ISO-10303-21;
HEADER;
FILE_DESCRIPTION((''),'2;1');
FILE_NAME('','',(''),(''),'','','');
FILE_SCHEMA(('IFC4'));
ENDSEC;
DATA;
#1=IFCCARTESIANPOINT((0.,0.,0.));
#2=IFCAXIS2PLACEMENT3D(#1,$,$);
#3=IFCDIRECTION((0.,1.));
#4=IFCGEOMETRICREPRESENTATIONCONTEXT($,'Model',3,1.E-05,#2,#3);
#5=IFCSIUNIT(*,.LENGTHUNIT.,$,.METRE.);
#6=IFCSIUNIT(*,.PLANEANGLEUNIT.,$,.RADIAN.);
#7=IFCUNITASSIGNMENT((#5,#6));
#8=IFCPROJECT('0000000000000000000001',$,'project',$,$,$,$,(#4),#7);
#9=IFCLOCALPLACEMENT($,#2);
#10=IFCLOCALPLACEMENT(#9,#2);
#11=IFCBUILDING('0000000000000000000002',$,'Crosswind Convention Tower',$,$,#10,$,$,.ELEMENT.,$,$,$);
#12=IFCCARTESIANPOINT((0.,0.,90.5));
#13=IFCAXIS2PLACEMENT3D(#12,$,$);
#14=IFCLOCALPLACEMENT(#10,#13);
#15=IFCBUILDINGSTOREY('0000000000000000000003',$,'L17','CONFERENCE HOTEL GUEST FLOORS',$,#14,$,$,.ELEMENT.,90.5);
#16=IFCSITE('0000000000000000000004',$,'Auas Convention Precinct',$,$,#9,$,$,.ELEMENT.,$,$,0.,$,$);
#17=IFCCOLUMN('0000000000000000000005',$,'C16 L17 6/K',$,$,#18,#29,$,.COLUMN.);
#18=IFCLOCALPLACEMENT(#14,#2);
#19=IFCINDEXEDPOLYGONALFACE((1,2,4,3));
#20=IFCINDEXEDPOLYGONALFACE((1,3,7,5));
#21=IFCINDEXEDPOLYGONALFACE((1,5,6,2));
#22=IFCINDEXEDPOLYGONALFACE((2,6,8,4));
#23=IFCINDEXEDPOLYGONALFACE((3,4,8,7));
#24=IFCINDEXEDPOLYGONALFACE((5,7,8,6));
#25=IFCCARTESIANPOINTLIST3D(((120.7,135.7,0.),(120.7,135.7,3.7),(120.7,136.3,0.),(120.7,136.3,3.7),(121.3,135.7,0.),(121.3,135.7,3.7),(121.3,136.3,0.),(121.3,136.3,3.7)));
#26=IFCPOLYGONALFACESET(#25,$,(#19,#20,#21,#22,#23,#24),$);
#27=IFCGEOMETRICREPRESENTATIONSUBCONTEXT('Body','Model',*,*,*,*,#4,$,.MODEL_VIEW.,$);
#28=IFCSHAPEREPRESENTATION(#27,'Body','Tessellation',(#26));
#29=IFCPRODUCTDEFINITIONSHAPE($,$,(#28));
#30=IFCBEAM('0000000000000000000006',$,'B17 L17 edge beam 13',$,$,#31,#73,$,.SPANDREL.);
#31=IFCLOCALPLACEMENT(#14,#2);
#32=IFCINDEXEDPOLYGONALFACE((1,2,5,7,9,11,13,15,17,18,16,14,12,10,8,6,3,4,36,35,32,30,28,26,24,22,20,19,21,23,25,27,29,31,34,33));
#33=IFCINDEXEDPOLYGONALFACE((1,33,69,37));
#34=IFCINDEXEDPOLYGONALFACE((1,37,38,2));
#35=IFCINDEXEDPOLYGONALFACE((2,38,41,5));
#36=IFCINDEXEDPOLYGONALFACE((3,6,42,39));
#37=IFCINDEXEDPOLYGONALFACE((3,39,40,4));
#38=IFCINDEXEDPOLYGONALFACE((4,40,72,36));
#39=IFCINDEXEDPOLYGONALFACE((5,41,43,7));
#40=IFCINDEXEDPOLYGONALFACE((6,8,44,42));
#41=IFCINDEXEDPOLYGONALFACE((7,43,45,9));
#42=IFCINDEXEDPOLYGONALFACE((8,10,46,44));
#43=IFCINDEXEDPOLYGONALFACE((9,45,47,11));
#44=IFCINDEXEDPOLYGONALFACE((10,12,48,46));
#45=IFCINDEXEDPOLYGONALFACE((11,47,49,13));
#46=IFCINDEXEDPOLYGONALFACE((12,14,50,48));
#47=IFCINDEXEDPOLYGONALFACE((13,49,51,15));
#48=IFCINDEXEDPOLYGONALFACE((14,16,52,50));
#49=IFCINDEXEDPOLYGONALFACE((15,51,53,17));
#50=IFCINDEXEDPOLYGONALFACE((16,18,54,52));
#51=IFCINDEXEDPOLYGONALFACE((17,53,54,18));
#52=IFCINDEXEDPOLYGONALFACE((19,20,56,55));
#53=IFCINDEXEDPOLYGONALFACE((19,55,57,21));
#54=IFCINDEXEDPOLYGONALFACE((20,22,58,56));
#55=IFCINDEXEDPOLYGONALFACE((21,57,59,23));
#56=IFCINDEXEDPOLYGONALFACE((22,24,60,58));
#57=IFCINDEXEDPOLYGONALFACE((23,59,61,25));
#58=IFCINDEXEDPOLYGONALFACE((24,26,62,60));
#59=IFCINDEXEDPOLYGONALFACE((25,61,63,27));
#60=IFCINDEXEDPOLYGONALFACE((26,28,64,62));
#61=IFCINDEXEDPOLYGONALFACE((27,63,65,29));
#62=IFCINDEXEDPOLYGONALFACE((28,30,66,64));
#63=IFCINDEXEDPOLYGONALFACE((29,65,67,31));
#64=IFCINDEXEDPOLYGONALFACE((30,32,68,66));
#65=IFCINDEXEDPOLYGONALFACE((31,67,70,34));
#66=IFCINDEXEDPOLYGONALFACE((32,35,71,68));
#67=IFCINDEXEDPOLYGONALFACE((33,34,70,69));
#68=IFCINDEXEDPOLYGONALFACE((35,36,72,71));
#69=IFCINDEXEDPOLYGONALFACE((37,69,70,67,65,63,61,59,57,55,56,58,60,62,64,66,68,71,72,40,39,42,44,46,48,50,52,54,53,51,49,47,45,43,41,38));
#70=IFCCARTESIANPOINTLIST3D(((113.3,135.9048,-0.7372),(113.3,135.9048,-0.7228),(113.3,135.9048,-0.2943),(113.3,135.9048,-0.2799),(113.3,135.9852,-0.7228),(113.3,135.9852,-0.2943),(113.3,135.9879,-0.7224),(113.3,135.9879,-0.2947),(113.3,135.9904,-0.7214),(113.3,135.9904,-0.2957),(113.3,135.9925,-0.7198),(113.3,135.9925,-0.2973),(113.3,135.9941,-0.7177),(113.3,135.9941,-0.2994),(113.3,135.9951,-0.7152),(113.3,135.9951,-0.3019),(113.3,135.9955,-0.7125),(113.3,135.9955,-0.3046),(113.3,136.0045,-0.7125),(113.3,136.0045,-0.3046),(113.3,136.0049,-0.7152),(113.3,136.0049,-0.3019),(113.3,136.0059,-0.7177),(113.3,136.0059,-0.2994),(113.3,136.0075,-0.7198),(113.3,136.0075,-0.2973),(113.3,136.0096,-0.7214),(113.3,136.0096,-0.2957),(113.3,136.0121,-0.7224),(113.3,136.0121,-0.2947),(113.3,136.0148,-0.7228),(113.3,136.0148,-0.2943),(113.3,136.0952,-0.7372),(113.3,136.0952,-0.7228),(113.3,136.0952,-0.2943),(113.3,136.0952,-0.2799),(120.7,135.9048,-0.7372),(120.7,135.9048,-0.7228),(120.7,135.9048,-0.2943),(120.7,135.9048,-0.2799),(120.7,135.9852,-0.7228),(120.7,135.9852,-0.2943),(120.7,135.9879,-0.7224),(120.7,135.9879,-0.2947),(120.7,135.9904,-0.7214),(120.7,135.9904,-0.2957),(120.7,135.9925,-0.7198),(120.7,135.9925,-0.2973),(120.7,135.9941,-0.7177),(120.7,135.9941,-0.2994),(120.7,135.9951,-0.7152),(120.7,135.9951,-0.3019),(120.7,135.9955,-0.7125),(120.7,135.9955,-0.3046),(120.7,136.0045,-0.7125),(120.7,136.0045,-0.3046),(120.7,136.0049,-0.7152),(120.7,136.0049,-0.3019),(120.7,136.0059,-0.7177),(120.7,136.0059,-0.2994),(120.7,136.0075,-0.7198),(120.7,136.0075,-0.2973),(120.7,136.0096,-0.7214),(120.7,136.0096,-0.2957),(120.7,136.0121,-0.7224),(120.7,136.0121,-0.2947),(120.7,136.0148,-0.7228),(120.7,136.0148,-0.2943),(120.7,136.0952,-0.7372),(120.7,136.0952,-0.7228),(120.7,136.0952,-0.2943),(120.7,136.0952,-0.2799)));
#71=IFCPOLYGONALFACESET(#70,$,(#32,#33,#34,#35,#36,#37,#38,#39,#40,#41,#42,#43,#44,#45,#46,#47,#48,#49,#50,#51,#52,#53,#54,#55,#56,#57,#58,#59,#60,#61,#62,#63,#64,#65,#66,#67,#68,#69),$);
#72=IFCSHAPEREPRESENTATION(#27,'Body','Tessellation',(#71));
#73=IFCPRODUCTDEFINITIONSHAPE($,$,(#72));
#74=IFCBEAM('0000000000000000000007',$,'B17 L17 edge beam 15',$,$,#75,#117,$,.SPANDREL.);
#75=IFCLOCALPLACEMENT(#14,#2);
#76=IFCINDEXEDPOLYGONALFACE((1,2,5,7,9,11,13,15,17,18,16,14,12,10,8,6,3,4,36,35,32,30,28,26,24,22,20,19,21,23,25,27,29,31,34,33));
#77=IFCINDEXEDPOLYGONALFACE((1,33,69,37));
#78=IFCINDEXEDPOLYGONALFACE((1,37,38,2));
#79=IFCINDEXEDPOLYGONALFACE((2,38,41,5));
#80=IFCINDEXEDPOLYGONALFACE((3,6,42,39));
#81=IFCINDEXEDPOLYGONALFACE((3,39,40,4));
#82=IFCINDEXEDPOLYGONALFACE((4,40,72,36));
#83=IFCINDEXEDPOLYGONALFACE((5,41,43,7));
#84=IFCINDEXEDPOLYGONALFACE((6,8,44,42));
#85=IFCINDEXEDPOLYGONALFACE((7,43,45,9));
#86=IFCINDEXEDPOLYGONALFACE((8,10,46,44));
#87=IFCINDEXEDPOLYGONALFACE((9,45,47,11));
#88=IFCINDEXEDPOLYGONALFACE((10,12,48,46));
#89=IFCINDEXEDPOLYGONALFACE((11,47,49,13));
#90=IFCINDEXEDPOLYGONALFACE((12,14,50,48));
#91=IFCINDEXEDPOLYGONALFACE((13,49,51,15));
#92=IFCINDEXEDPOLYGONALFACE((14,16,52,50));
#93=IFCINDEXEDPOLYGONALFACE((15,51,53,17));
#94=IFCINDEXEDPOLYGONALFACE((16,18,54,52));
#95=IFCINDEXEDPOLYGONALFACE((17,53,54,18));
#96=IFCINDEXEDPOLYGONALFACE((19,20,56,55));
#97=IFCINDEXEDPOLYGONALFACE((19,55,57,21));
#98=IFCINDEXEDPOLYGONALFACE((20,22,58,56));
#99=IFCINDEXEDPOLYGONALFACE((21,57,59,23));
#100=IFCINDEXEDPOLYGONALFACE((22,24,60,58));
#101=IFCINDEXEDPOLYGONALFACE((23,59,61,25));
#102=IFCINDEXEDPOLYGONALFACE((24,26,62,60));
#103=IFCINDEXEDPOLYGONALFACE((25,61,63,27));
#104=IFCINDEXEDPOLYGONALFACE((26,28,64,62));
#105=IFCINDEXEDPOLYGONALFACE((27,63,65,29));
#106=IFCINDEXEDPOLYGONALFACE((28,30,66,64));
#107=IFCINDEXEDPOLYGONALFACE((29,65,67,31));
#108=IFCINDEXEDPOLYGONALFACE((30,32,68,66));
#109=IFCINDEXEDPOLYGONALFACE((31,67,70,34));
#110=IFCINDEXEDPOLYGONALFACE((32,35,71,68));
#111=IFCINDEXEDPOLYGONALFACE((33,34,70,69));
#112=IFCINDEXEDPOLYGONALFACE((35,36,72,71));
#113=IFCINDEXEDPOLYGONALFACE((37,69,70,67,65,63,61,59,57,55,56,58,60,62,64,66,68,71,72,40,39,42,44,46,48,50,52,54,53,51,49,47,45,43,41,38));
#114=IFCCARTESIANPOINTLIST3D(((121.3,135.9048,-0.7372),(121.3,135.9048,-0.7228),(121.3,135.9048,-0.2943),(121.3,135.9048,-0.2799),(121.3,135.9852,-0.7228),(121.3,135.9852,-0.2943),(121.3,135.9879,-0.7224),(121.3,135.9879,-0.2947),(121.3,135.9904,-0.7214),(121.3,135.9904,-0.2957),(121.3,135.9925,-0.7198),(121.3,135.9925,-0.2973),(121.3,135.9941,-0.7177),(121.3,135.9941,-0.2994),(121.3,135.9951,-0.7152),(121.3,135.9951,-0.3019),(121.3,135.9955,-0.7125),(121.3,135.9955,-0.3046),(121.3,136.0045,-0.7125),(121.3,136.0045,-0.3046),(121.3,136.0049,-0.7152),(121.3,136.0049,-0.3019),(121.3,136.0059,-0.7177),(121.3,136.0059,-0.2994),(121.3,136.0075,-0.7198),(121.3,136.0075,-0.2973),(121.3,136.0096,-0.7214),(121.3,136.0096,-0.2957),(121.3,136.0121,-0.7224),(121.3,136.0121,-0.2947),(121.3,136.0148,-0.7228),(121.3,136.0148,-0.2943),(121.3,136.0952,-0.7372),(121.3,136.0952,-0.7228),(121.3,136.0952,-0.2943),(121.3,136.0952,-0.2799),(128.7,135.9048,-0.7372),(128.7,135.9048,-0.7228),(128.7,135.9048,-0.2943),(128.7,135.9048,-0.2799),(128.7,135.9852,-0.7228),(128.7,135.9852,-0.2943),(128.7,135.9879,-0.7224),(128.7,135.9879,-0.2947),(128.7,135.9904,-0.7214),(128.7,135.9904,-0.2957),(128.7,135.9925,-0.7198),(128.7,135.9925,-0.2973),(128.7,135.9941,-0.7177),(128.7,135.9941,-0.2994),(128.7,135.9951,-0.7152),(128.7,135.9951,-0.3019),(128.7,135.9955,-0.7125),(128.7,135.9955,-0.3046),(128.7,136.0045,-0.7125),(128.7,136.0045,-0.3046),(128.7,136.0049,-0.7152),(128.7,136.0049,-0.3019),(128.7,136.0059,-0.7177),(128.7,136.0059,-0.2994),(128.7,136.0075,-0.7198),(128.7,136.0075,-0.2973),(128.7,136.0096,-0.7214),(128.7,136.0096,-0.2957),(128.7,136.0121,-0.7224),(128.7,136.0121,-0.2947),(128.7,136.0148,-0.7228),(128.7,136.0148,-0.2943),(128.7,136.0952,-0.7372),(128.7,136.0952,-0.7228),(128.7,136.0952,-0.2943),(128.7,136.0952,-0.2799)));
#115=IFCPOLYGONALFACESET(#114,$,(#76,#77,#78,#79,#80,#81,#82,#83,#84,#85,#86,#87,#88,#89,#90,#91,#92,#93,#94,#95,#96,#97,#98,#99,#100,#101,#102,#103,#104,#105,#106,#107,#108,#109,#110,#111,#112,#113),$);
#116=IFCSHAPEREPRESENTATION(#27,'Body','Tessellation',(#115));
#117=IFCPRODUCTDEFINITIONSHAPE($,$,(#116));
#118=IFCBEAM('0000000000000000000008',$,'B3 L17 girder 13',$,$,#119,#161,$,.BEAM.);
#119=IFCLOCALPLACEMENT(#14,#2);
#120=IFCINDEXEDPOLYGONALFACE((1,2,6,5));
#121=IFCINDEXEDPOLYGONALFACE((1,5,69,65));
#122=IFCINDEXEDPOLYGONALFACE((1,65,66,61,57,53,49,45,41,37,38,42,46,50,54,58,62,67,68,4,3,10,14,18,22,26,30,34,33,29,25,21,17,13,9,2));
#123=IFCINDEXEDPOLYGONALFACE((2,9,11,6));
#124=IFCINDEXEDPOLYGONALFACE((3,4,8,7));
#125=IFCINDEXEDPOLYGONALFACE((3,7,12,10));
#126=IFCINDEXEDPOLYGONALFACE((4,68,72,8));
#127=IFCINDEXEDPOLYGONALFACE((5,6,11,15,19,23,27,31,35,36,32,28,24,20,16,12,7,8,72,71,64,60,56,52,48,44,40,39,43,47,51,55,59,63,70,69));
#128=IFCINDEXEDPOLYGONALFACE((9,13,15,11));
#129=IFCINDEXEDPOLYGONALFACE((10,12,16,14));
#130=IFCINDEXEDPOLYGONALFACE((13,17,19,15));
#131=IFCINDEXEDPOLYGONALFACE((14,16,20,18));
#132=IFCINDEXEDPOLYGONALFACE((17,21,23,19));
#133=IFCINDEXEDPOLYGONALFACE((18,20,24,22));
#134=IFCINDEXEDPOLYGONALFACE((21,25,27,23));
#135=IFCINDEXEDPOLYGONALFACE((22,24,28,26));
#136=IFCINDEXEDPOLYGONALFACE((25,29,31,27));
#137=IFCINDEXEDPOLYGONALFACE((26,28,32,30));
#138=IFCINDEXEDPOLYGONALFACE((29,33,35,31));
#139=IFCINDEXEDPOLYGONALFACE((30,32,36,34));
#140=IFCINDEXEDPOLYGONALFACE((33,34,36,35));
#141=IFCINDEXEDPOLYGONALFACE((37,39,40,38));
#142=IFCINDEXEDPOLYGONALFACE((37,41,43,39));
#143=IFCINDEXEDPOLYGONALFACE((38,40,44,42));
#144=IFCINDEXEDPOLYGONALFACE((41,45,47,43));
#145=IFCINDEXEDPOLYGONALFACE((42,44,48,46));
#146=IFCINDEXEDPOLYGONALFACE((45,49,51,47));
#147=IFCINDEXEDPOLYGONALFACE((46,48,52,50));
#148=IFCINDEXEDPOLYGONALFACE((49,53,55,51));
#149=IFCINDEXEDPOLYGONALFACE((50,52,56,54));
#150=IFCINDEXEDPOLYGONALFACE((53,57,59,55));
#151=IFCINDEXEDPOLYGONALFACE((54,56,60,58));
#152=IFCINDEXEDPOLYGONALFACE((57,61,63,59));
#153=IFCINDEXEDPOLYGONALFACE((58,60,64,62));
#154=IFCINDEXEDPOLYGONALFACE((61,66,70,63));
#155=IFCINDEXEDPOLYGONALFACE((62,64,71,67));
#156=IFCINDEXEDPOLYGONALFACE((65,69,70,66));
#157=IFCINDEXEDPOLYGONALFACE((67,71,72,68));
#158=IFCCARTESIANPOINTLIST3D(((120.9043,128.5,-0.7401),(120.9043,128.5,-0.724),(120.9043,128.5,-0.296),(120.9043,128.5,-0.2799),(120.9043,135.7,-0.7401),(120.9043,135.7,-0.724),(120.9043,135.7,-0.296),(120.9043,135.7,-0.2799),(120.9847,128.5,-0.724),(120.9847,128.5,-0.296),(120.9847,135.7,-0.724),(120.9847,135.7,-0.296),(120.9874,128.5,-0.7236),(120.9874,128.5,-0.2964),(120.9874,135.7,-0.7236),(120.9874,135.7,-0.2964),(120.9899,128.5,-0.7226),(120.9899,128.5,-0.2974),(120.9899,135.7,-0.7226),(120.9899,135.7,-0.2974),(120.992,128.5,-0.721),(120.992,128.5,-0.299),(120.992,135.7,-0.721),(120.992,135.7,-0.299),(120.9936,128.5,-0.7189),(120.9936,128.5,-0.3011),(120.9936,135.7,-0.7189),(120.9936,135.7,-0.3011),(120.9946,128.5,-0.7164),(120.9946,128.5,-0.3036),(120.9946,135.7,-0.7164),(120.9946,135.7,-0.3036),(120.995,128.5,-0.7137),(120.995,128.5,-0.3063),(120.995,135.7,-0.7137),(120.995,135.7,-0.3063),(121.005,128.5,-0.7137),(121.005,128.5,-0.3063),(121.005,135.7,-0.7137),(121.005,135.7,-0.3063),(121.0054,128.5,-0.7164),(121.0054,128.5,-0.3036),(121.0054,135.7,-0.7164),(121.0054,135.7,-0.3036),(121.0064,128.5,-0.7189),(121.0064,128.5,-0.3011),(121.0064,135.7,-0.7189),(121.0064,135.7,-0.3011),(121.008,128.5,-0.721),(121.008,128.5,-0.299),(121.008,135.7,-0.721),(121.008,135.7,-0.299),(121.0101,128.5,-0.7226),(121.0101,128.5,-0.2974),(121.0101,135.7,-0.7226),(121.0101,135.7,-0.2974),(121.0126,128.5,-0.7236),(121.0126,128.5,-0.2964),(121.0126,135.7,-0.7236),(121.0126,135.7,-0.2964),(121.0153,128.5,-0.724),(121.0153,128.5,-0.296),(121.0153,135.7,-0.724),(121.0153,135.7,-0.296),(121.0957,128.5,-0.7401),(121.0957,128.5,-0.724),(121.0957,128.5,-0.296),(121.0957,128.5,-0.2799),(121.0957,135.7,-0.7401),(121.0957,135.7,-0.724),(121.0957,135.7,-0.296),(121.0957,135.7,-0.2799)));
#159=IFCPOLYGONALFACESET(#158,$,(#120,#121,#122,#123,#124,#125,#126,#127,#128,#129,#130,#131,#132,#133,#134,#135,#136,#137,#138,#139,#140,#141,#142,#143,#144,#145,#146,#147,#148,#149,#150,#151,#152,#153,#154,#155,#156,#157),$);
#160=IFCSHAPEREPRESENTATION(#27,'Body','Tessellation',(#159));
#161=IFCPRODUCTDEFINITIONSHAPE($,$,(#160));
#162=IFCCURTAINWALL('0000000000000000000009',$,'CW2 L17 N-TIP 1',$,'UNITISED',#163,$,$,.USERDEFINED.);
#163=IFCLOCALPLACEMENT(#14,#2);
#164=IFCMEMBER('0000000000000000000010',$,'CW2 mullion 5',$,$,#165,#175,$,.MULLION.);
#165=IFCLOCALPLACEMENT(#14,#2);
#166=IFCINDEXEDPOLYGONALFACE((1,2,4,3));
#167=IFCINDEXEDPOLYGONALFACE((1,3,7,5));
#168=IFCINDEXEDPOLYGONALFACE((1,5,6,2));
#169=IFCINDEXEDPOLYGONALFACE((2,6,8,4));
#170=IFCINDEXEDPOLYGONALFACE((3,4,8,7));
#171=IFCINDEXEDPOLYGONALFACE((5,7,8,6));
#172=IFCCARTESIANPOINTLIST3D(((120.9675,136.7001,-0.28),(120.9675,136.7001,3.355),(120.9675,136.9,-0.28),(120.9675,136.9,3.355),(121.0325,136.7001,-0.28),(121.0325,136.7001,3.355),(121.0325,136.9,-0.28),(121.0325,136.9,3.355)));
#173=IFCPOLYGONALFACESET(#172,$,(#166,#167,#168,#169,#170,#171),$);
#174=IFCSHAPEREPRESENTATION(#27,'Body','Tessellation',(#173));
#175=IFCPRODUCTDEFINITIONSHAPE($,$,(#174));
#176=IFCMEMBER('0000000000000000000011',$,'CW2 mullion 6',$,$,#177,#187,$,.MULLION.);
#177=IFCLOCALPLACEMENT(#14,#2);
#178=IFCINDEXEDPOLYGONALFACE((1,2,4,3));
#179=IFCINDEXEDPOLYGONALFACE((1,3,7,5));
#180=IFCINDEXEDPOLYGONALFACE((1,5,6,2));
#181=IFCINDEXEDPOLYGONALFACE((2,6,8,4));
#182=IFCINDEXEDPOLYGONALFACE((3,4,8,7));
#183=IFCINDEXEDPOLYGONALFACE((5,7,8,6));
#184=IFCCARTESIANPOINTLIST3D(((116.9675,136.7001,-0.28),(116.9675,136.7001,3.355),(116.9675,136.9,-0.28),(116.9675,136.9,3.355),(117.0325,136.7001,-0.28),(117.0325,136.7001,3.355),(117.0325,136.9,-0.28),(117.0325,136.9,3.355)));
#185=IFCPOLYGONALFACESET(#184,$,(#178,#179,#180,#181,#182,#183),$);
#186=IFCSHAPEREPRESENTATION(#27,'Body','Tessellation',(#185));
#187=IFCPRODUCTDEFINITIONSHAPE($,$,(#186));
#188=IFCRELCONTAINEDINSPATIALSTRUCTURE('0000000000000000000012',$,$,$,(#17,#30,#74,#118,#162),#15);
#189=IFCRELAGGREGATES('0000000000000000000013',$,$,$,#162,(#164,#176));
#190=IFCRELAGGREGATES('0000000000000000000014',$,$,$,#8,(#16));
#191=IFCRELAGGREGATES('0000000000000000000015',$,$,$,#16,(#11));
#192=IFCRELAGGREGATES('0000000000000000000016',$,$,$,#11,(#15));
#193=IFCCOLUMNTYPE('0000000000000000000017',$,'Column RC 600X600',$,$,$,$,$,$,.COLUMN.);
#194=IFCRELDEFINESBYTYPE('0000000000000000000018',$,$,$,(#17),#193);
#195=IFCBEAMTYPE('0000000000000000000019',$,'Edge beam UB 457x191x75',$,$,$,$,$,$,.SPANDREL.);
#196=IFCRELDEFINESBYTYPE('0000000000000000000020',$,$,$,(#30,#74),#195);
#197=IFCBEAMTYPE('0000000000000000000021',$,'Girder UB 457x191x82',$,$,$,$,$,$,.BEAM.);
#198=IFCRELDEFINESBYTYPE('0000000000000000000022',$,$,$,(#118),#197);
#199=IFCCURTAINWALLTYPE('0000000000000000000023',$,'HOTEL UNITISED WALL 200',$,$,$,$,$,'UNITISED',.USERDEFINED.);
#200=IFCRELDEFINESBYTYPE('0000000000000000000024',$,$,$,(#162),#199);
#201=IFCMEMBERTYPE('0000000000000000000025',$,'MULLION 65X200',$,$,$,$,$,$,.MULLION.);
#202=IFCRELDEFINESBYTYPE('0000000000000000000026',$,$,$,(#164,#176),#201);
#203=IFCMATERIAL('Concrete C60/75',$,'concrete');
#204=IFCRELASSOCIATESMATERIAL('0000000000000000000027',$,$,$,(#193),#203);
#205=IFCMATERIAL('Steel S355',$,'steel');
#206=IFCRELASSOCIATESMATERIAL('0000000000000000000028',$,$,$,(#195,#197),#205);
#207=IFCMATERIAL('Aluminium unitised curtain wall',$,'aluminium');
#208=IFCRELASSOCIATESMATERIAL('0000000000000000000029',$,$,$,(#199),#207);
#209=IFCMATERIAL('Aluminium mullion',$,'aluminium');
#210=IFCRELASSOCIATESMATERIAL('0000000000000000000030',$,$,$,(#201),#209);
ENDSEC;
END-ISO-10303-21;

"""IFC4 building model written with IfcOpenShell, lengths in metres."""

from ifc_helpers import new_model, si_unit, direction, frame, origin, origin_2d, place, context, subcontext, project, spatial, rectangle, i_section, extrude, material, material_profile, profile_set, type_object, element, aggregate, save


model = new_model("IFC4")

# Units and contexts
model_context = context("Model", 3, precision=1e-05, world=origin(), true_north=direction((0.0, 1.0)))
body_context = subcontext(model_context, "Body", "Model", "MODEL_VIEW")
ifc_project = project(units=[si_unit("LENGTHUNIT", "METRE"), si_unit("PLANEANGLEUNIT", "RADIAN")], contexts=[model_context])

# Site, building, storey
site_placement = place(None, origin())
site = spatial("IfcSite", under=ifc_project, at=site_placement, Name="Auas Convention Precinct", CompositionType="ELEMENT", RefElevation=0.0)
building_placement = place(site_placement, origin())
building = spatial("IfcBuilding", under=site, at=building_placement, Name="Crosswind Convention Tower", CompositionType="ELEMENT")
storey_placement = place(building_placement, frame((0.0, 0.0, 90.5)))
storey = spatial("IfcBuildingStorey", under=building, at=storey_placement, Name="L17", Description="CONFERENCE HOTEL GUEST FLOORS", CompositionType="ELEMENT", Elevation=90.5)

# Column
ifc_material_1 = material(Name="Concrete C60/75", Category="concrete")
ifc_material_profile_1 = material_profile(ifc_material_1, rectangle(XDim=0.6001, YDim=0.6001, at=origin_2d()), Name="RC 600X600")
ifc_profile_set_1 = profile_set([ifc_material_profile_1], Name="Concrete C60/75")
column_type = type_object("IfcColumnType", Name="Column RC 600X600", PredefinedType="COLUMN", material=ifc_profile_set_1)
column_placement = place(storey_placement, frame((121.0, 136.0, 0.0), z_axis=(0.0, 0.0, 1.0), x_axis=(1.0, 0.0, 0.0)))
element("IfcColumn", 1, at=column_placement, inside=storey, type_object=column_type, Name="C16 L17 6/K", PredefinedType="COLUMN", context=body_context, shape_type="SweptSolid", body=[
    extrude(rectangle(XDim=0.6001, YDim=0.6001, at=origin_2d()), origin(), (0.0, 0.0, 1.0), 3.7),
])

# Beams
ifc_material_2 = material(Name="Steel S355", Category="steel")
ifc_material_profile_2 = material_profile(ifc_material_2, i_section(OverallWidth=0.1904, OverallDepth=0.4573, WebThickness=0.009, FlangeThickness=0.0144, FilletRadius=0.0103, at=origin_2d()), Name="UB 457x191x75")
ifc_profile_set_2 = profile_set([ifc_material_profile_2], Name="Steel S355")
beam_type_1 = type_object("IfcBeamType", Name="Edge beam UB 457x191x75", PredefinedType="SPANDREL", material=ifc_profile_set_2)
for number, where, z_axis, x_axis, name in (
    (2, (113.3, 136.0, -0.5085), (1.0, 0.0, 0.0), (0.0, 1.0, 0.0), "B17 L17 edge beam 13"),
    (3, (121.3, 136.0, -0.5085), (1.0, 0.0, 0.0), (0.0, 1.0, 0.0), "B17 L17 edge beam 15"),
):
    element("IfcBeam", number, at=place(storey_placement, frame(where, z_axis=z_axis, x_axis=x_axis)), inside=storey, type_object=beam_type_1, Name=name, PredefinedType="SPANDREL", context=body_context, shape_type="SweptSolid", body=[
        extrude(i_section(OverallWidth=0.1904, OverallDepth=0.4573, WebThickness=0.009, FlangeThickness=0.0144, FilletRadius=0.0103, at=origin_2d()), origin(), (0.0, 0.0, 1.0), 7.3999),
    ])
ifc_material_profile_3 = material_profile(ifc_material_2, i_section(OverallWidth=0.1914, OverallDepth=0.4602, WebThickness=0.01, FlangeThickness=0.0161, FilletRadius=0.0103, at=origin_2d()), Name="UB 457x191x82")
ifc_profile_set_3 = profile_set([ifc_material_profile_3], Name="Steel S355")
beam_type_2 = type_object("IfcBeamType", Name="Girder UB 457x191x82", PredefinedType="BEAM", material=ifc_profile_set_3)
beam_1_placement = place(storey_placement, frame((121.0, 128.5, -0.51), z_axis=(0.0, 1.0, 0.0), x_axis=(-1.0, 0.0, 0.0)))
element("IfcBeam", 4, at=beam_1_placement, inside=storey, type_object=beam_type_2, Name="B3 L17 girder 13", PredefinedType="BEAM", context=body_context, shape_type="SweptSolid", body=[
    extrude(i_section(OverallWidth=0.1914, OverallDepth=0.4602, WebThickness=0.01, FlangeThickness=0.0161, FilletRadius=0.0103, at=origin_2d()), origin(), (0.0, 0.0, 1.0), 7.2),
])

# Curtain wall, members
ifc_material_3 = material(Name="Aluminium unitised curtain wall", Category="aluminium")
curtain_wall_type = type_object("IfcCurtainWallType", Name="HOTEL UNITISED WALL 200", ElementType="UNITISED", PredefinedType="USERDEFINED", material=ifc_material_3)
curtain_wall_placement = place(storey_placement, origin())
curtain_wall = element("IfcCurtainWall", 5, at=curtain_wall_placement, inside=storey, type_object=curtain_wall_type, Name="CW2 L17 N-TIP 1", ObjectType="UNITISED", PredefinedType="USERDEFINED")
ifc_material_4 = material(Name="Aluminium mullion", Category="aluminium")
ifc_material_profile_4 = material_profile(ifc_material_4, rectangle(XDim=0.2, YDim=0.0649, at=origin_2d()), Name="AL 200X65")
ifc_profile_set_4 = profile_set([ifc_material_profile_4], Name="Aluminium mullion")
member_type = type_object("IfcMemberType", Name="MULLION 65X200", PredefinedType="MULLION", material=ifc_profile_set_4)
member_1_placement = place(storey_placement, frame((121.0, 136.8, -0.28), z_axis=(0.0, 0.0, 1.0), x_axis=(0.0, 1.0, 0.0)))
member_1 = element("IfcMember", 6, at=member_1_placement, type_object=member_type, Name="CW2 mullion 5", PredefinedType="MULLION", context=body_context, shape_type="SweptSolid", body=[
    extrude(rectangle(XDim=0.2, YDim=0.0649, at=origin_2d()), origin(), (0.0, 0.0, 1.0), 3.635),
])
member_2_placement = place(storey_placement, frame((117.0, 136.8, -0.28), z_axis=(0.0, 0.0, 1.0), x_axis=(0.0, 1.0, 0.0)))
member_2 = element("IfcMember", 7, at=member_2_placement, type_object=member_type, Name="CW2 mullion 6", PredefinedType="MULLION", context=body_context, shape_type="SweptSolid", body=[
    extrude(rectangle(XDim=0.2, YDim=0.0649, at=origin_2d()), origin(), (0.0, 0.0, 1.0), 3.635),
])

aggregate(curtain_wall, [member_1, member_2])

save(model, "model.ifc")
